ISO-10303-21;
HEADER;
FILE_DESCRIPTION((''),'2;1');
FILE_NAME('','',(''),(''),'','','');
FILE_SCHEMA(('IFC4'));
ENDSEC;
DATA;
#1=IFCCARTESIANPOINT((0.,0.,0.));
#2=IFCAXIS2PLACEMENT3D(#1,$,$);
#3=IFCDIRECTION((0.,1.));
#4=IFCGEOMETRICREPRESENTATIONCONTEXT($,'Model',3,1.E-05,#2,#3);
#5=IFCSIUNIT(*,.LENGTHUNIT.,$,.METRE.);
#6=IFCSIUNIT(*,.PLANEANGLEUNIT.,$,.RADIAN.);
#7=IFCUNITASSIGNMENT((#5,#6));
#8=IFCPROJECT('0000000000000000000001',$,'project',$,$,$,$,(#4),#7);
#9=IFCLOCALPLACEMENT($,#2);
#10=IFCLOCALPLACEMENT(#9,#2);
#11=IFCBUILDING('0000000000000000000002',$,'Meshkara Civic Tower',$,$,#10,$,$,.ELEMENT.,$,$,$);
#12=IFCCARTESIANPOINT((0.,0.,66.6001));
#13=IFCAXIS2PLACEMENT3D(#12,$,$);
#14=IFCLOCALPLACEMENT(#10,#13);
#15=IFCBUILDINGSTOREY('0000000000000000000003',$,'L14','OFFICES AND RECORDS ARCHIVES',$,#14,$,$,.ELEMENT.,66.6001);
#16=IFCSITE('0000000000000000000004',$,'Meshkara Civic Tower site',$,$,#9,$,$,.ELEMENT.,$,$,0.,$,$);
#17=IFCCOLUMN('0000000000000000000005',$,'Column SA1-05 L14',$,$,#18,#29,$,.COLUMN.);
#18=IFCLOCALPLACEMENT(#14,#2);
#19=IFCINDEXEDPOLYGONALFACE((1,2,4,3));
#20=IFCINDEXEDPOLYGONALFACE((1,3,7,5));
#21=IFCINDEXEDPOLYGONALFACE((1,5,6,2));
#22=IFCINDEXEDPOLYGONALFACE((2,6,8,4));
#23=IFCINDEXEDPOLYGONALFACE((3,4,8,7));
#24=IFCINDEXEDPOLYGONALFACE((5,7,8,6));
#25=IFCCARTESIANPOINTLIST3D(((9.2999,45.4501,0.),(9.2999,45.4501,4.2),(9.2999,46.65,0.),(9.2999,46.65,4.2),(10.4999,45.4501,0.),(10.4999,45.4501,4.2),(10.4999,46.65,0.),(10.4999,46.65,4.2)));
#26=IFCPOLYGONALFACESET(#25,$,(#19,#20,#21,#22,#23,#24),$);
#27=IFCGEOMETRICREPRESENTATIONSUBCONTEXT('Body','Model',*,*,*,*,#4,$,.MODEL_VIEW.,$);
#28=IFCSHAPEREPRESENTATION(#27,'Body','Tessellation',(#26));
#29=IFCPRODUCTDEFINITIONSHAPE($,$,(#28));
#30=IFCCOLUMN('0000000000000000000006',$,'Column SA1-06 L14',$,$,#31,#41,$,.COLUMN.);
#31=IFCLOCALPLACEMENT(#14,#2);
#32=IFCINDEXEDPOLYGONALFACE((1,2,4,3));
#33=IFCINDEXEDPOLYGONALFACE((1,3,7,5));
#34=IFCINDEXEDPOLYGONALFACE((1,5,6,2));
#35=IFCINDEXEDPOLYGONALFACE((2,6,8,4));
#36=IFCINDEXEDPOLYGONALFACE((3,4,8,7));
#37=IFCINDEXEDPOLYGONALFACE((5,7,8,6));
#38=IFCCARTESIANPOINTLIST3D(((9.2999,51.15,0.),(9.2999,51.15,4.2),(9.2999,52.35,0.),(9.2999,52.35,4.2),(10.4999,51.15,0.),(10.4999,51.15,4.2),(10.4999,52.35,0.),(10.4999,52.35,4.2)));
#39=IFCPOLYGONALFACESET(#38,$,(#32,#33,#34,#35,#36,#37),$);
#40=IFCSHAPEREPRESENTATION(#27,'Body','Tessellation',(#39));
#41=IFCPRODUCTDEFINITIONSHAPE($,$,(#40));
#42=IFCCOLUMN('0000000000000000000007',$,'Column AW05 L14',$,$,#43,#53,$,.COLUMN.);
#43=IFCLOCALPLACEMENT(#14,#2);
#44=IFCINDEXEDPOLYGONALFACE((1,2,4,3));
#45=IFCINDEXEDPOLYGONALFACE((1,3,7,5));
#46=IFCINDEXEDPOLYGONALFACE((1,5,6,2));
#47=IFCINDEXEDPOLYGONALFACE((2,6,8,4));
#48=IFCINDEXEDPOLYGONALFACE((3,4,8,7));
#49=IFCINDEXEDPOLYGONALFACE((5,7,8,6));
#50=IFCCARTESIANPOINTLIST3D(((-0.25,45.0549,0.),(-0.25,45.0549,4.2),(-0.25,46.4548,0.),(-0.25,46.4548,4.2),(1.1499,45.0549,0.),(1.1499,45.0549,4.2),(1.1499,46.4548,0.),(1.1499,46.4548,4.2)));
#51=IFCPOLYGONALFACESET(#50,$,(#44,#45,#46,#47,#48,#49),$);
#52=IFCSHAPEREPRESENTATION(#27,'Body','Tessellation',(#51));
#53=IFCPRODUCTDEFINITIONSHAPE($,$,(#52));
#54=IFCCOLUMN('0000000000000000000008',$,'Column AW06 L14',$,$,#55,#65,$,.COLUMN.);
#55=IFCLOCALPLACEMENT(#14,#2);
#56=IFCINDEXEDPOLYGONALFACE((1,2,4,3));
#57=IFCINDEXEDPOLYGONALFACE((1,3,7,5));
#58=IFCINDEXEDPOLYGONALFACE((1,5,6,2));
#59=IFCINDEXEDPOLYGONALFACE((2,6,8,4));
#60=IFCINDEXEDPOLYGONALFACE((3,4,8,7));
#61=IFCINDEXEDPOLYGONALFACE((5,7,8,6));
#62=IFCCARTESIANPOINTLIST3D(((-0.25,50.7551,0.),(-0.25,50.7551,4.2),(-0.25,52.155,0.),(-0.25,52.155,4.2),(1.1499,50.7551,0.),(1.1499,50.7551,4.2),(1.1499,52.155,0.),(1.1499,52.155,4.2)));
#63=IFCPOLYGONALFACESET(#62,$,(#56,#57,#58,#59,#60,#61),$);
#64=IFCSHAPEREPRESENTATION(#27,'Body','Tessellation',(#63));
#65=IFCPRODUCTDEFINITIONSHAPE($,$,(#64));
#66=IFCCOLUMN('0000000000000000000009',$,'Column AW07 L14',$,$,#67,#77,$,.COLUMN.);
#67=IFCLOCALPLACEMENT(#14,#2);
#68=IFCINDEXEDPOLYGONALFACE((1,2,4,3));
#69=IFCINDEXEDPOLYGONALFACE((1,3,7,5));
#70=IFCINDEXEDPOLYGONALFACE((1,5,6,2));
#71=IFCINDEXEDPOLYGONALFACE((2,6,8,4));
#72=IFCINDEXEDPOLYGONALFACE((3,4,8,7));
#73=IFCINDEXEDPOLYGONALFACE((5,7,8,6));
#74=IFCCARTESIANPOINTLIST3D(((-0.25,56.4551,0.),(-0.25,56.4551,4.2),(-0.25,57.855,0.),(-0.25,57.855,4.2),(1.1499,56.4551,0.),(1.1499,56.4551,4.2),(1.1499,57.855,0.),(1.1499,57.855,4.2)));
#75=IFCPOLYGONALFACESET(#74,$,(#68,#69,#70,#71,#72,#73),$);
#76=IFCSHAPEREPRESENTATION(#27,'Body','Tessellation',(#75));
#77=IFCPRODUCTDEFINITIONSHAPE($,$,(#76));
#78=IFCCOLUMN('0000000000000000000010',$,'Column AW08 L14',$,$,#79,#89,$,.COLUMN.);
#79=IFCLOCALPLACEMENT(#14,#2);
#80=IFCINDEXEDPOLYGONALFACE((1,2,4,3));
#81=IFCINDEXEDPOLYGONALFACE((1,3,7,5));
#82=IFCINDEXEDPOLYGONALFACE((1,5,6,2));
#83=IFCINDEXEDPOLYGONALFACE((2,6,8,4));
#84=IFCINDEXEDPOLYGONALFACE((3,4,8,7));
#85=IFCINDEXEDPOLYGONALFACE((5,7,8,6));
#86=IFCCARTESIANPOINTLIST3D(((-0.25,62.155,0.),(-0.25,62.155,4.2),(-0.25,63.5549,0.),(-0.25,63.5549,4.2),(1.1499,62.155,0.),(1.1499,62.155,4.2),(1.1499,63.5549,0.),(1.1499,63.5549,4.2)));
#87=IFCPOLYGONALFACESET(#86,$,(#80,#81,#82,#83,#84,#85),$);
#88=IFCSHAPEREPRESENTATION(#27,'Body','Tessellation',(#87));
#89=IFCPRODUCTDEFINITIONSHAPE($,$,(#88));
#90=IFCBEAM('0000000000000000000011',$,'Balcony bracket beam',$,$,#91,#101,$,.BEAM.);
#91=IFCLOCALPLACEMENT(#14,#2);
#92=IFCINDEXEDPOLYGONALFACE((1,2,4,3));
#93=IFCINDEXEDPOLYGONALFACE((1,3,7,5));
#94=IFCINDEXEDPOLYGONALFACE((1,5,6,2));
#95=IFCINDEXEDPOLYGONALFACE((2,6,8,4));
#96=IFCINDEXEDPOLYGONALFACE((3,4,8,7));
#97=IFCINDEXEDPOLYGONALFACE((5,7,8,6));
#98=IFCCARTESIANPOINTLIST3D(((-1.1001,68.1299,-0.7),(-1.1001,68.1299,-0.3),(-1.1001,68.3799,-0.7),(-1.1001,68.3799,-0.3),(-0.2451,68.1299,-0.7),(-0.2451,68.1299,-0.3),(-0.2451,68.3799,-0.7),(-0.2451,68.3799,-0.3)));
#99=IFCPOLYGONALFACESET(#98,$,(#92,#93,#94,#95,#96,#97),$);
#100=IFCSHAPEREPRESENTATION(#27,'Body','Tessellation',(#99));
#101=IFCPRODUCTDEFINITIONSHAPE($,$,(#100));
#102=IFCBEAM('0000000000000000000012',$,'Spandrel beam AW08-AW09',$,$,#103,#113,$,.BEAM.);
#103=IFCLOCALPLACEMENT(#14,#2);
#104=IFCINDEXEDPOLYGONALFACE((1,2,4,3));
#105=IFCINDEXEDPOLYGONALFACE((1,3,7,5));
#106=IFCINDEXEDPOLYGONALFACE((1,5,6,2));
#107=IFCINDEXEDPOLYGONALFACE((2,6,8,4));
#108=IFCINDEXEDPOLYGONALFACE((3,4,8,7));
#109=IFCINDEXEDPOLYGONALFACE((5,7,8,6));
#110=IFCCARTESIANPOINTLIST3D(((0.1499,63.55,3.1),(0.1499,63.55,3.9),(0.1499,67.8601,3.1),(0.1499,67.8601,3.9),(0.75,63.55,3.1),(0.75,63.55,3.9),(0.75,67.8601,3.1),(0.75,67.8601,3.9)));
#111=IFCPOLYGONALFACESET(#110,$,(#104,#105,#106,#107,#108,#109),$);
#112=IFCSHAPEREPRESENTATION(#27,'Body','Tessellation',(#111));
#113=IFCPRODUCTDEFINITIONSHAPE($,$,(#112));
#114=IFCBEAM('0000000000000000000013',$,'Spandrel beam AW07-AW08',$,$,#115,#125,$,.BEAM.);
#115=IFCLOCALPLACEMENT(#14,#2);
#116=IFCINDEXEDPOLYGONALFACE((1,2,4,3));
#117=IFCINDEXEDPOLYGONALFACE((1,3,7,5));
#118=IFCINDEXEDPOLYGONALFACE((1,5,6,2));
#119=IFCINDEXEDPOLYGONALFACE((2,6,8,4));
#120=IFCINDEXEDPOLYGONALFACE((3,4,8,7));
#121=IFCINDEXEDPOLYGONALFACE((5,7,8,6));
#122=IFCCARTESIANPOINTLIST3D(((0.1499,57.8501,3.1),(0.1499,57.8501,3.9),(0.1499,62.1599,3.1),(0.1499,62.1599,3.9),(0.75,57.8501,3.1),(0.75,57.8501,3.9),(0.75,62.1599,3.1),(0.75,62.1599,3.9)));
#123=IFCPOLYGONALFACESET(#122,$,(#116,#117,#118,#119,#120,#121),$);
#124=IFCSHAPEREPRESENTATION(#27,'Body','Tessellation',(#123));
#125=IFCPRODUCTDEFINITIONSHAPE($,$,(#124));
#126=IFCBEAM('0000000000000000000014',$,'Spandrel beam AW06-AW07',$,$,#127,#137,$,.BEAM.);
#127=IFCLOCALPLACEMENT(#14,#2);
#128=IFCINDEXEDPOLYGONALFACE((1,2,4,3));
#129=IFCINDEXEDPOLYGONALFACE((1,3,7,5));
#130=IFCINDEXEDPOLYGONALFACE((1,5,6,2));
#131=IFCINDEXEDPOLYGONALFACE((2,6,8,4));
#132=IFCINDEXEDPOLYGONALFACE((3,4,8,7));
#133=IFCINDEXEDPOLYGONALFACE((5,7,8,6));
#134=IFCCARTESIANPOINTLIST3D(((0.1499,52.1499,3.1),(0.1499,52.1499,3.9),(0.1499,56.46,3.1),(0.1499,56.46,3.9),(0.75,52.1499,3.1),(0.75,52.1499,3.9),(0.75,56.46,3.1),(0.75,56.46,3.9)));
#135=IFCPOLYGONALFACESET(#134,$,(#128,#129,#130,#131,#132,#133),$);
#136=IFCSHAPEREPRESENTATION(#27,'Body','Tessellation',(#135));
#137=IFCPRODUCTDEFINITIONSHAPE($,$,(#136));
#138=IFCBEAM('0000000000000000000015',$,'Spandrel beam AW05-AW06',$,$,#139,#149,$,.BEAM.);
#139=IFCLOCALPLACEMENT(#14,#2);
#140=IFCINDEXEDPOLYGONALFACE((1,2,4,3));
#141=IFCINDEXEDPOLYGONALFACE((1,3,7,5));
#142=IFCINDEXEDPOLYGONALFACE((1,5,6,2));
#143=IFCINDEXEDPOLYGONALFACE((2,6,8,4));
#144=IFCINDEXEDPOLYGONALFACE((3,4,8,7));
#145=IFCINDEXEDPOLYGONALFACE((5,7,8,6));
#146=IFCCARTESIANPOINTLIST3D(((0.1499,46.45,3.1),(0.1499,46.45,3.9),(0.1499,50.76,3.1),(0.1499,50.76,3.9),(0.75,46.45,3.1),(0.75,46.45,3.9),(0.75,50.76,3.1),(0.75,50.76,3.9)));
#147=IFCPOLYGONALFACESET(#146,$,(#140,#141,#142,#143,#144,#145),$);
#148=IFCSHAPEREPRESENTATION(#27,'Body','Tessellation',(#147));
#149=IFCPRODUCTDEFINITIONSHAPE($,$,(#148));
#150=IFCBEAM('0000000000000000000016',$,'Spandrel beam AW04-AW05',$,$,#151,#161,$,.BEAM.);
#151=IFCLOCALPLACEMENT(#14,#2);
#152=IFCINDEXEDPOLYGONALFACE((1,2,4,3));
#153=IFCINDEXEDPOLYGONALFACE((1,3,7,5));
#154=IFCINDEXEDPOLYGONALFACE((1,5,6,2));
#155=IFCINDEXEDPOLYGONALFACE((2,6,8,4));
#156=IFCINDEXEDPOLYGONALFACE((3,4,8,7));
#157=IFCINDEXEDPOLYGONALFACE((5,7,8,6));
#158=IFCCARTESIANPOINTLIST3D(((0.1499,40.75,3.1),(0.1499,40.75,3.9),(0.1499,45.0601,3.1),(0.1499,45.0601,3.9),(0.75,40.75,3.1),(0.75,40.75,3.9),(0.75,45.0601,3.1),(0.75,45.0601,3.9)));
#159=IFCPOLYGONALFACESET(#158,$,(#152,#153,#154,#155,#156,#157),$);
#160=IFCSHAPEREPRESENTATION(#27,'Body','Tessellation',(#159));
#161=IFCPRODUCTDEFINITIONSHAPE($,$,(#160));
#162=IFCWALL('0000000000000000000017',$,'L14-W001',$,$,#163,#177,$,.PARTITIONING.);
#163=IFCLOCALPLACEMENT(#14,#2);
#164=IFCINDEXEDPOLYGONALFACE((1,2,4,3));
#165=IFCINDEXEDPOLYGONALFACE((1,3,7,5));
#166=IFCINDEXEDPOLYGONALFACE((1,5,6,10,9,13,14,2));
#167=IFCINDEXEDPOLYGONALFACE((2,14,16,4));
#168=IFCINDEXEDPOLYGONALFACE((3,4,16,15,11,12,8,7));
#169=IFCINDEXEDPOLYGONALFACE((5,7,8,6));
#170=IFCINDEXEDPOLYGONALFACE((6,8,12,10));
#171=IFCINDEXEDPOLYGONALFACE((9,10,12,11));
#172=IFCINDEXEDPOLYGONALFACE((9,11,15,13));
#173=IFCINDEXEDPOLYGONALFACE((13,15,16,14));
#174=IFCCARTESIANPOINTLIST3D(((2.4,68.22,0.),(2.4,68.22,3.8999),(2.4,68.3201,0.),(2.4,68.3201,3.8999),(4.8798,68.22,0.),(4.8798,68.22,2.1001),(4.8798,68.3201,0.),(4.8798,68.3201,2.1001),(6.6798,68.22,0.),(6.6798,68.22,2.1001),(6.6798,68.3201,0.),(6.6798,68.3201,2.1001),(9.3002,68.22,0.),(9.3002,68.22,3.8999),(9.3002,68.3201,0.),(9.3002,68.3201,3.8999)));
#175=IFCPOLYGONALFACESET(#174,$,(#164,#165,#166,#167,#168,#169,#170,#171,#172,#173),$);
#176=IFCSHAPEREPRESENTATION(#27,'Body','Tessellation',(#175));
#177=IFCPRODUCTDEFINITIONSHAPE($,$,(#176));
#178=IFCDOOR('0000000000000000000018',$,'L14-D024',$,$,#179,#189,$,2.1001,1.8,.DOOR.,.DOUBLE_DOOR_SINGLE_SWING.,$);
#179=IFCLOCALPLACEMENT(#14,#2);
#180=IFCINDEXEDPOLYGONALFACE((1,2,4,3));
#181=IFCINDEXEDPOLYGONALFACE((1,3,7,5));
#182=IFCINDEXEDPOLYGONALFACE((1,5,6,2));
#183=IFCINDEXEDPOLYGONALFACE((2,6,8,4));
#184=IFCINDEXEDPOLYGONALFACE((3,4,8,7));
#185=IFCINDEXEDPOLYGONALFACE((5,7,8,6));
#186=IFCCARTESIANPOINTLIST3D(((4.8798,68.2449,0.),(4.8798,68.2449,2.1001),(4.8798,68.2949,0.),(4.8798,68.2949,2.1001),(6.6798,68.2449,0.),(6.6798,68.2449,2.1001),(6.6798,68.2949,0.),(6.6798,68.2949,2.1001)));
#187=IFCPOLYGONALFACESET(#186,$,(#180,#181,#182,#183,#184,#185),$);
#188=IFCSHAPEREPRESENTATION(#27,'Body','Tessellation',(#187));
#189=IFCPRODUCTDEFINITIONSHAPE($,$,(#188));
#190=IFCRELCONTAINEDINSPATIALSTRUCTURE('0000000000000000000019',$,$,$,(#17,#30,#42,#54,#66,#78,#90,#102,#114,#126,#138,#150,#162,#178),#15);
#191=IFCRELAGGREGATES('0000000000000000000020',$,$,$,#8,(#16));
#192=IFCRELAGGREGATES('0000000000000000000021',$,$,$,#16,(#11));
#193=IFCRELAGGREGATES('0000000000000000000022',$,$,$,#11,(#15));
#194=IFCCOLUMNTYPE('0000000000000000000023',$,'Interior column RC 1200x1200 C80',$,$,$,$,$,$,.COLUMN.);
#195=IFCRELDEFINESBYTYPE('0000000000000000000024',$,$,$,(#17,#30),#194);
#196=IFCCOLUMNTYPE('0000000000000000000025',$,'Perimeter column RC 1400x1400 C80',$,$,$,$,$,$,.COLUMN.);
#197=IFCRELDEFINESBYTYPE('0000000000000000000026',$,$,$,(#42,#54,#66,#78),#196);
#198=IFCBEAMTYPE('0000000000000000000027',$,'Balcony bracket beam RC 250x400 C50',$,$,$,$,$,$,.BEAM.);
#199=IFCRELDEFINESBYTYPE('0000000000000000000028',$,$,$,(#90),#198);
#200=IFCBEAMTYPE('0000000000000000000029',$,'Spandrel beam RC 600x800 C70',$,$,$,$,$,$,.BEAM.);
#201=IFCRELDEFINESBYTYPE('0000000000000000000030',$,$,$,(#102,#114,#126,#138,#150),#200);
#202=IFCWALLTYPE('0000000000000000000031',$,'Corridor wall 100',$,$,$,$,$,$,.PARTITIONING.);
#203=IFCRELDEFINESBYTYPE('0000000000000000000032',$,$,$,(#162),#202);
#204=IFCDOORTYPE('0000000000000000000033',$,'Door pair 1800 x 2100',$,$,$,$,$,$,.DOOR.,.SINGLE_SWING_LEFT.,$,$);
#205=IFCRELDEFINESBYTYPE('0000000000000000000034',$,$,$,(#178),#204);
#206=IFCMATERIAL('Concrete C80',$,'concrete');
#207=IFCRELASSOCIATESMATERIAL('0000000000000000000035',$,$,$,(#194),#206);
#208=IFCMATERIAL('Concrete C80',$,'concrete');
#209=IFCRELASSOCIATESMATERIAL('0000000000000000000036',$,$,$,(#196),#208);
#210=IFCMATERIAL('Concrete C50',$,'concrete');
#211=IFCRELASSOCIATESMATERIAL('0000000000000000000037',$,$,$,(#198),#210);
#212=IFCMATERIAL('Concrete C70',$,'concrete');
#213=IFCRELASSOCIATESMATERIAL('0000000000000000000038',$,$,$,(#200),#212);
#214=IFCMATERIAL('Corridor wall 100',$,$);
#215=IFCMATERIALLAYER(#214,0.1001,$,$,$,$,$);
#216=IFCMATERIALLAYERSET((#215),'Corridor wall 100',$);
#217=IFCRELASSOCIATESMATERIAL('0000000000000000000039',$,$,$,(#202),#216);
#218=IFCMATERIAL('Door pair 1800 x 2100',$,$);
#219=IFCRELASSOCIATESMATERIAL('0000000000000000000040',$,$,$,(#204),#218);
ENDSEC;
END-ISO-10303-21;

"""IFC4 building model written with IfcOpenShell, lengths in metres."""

from ifc_helpers import new_model, si_unit, direction, frame, frame_2d, origin, origin_2d, place, context, subcontext, project, spatial, rectangle, extrude, material, layer, layer_set, material_profile, profile_set, type_object, element, fill, save


model = new_model("IFC4")

# Units and contexts
model_context = context("Model", 3, precision=1e-05, world=origin(), true_north=direction((0.0, 1.0)))
body_context = subcontext(model_context, "Body", "Model", "MODEL_VIEW")
ifc_project = project(units=[si_unit("LENGTHUNIT", "METRE"), si_unit("PLANEANGLEUNIT", "RADIAN")], contexts=[model_context])

# Site, building, storey
site_placement = place(None, origin())
site = spatial("IfcSite", under=ifc_project, at=site_placement, Name="Meshkara Civic Tower site", CompositionType="ELEMENT", RefElevation=0.0)
building_placement = place(site_placement, origin())
building = spatial("IfcBuilding", under=site, at=building_placement, Name="Meshkara Civic Tower", CompositionType="ELEMENT")
storey_placement = place(building_placement, frame((0.0, 0.0, 66.6001)))
storey = spatial("IfcBuildingStorey", under=building, at=storey_placement, Name="L14", Description="OFFICES AND RECORDS ARCHIVES", CompositionType="ELEMENT", Elevation=66.6001)

# Columns
ifc_material_1 = material(Name="Concrete C80", Category="concrete")
ifc_material_profile_1 = material_profile(ifc_material_1, rectangle(XDim=1.2, YDim=1.2, at=origin_2d()))
ifc_profile_set_1 = profile_set([ifc_material_profile_1], Name="Concrete C80")
column_type_1 = type_object("IfcColumnType", Name="Interior column RC 1200x1200 C80", PredefinedType="COLUMN", material=ifc_profile_set_1)
for number, where, z_axis, x_axis, name in (
    (1, (9.8999, 46.05, 0.0), (0.0, 0.0, 1.0), (1.0, 0.0, 0.0), "Column SA1-05 L14"),
    (2, (9.8999, 51.75, 0.0), (0.0, 0.0, 1.0), (1.0, 0.0, 0.0), "Column SA1-06 L14"),
):
    element("IfcColumn", number, at=place(storey_placement, frame(where, z_axis=z_axis, x_axis=x_axis)), inside=storey, type_object=column_type_1, Name=name, PredefinedType="COLUMN", context=body_context, shape_type="SweptSolid", body=[
        extrude(rectangle(XDim=1.2, YDim=1.2, at=origin_2d()), origin(), (0.0, 0.0, 1.0), 4.2),
    ])
ifc_material_2 = material(Name="Concrete C80", Category="concrete")
ifc_material_profile_2 = material_profile(ifc_material_2, rectangle(XDim=1.3999, YDim=1.3999, at=origin_2d()))
ifc_profile_set_2 = profile_set([ifc_material_profile_2], Name="Concrete C80")
column_type_2 = type_object("IfcColumnType", Name="Perimeter column RC 1400x1400 C80", PredefinedType="COLUMN", material=ifc_profile_set_2)
for number, where, z_axis, x_axis, name in (
    (3, (0.45, 45.7549, 0.0), (0.0, 0.0, 1.0), (1.0, 0.0, 0.0), "Column AW05 L14"),
    (4, (0.45, 51.4551, 0.0), (0.0, 0.0, 1.0), (1.0, 0.0, 0.0), "Column AW06 L14"),
    (5, (0.45, 57.155, 0.0), (0.0, 0.0, 1.0), (1.0, 0.0, 0.0), "Column AW07 L14"),
    (6, (0.45, 62.855, 0.0), (0.0, 0.0, 1.0), (1.0, 0.0, 0.0), "Column AW08 L14"),
):
    element("IfcColumn", number, at=place(storey_placement, frame(where, z_axis=z_axis, x_axis=x_axis)), inside=storey, type_object=column_type_2, Name=name, PredefinedType="COLUMN", context=body_context, shape_type="SweptSolid", body=[
        extrude(rectangle(XDim=1.3999, YDim=1.3999, at=origin_2d()), origin(), (0.0, 0.0, 1.0), 4.2),
    ])

# Beams
ifc_material_3 = material(Name="Concrete C50", Category="concrete")
ifc_material_profile_3 = material_profile(ifc_material_3, rectangle(XDim=0.25, YDim=0.3999, at=origin_2d()))
ifc_profile_set_3 = profile_set([ifc_material_profile_3], Name="Concrete C50")
beam_type_1 = type_object("IfcBeamType", Name="Balcony bracket beam RC 250x400 C50", PredefinedType="BEAM", material=ifc_profile_set_3)
beam_1_placement = place(storey_placement, frame((-0.2451, 68.2549, -0.5), z_axis=(-1.0, 0.0, 0.0), x_axis=(0.0, -1.0, 0.0)))
element("IfcBeam", 7, at=beam_1_placement, inside=storey, type_object=beam_type_1, Name="Balcony bracket beam", PredefinedType="BEAM", context=body_context, shape_type="SweptSolid", body=[
    extrude(rectangle(XDim=0.25, YDim=0.3999, at=origin_2d()), origin(), (0.0, 0.0, 1.0), 0.855),
])
ifc_material_4 = material(Name="Concrete C70", Category="concrete")
ifc_material_profile_4 = material_profile(ifc_material_4, rectangle(XDim=0.6001, YDim=0.8, at=origin_2d()))
ifc_profile_set_4 = profile_set([ifc_material_profile_4], Name="Concrete C70")
beam_type_2 = type_object("IfcBeamType", Name="Spandrel beam RC 600x800 C70", PredefinedType="BEAM", material=ifc_profile_set_4)
beam_2_placement = place(storey_placement, frame((0.45, 67.8601, 3.5), z_axis=(0.0, -1.0, 0.0), x_axis=(1.0, 0.0, 0.0)))
element("IfcBeam", 8, at=beam_2_placement, inside=storey, type_object=beam_type_2, Name="Spandrel beam AW08-AW09", PredefinedType="BEAM", context=body_context, shape_type="SweptSolid", body=[
    extrude(rectangle(XDim=0.6001, YDim=0.8, at=origin_2d()), origin(), (0.0, 0.0, 1.0), 4.3101),
])
beam_3_placement = place(storey_placement, frame((0.45, 62.1599, 3.5), z_axis=(0.0, -1.0, 0.0), x_axis=(1.0, 0.0, 0.0)))
element("IfcBeam", 9, at=beam_3_placement, inside=storey, type_object=beam_type_2, Name="Spandrel beam AW07-AW08", PredefinedType="BEAM", context=body_context, shape_type="SweptSolid", body=[
    extrude(rectangle(XDim=0.6001, YDim=0.8, at=origin_2d()), origin(), (0.0, 0.0, 1.0), 4.3098),
])
for number, where, z_axis, x_axis, name in (
    (10, (0.45, 56.46, 3.5), (0.0, -1.0, 0.0), (1.0, 0.0, 0.0), "Spandrel beam AW06-AW07"),
    (11, (0.45, 50.76, 3.5), (0.0, -1.0, 0.0), (1.0, 0.0, 0.0), "Spandrel beam AW05-AW06"),
    (12, (0.45, 45.0601, 3.5), (0.0, -1.0, 0.0), (1.0, 0.0, 0.0), "Spandrel beam AW04-AW05"),
):
    element("IfcBeam", number, at=place(storey_placement, frame(where, z_axis=z_axis, x_axis=x_axis)), inside=storey, type_object=beam_type_2, Name=name, PredefinedType="BEAM", context=body_context, shape_type="SweptSolid", body=[
        extrude(rectangle(XDim=0.6001, YDim=0.8, at=origin_2d()), origin(), (0.0, 0.0, 1.0), 4.3101),
    ])

# Wall, opening, door
ifc_material_5 = material(Name="Corridor wall 100")
ifc_layer_1 = layer(ifc_material_5, 0.1001)
ifc_layer_set_1 = layer_set([ifc_layer_1], Name="Corridor wall 100")
wall_type_1 = type_object("IfcWallType", Name="Corridor wall 100", PredefinedType="PARTITIONING", material=ifc_layer_set_1)
wall_1_placement = place(storey_placement, frame((2.3999, 68.27, 0.0), z_axis=(0.0, 0.0, 1.0), x_axis=(1.0, 0.0, 0.0)))
wall_1 = element("IfcWall", 13, at=wall_1_placement, inside=storey, type_object=wall_type_1, Name="L14-W001", PredefinedType="PARTITIONING", context=body_context, shape_type="SweptSolid", body=[
    extrude(rectangle(XDim=6.9001, YDim=0.1001, at=frame_2d((3.4502, 0.0))), origin(), (0.0, 0.0, 1.0), 3.8999),
])
opening_1_placement = place(wall_1_placement, frame((2.48, 0.0, 0.0)))
opening_1 = element("IfcOpeningElement", 14, at=opening_1_placement, cuts=wall_1, PredefinedType="OPENING", context=body_context, shape_type="SweptSolid", body=[
    extrude(rectangle(XDim=1.8, YDim=2.1001, at=frame_2d((0.8999, 1.05))), frame((0.0, 0.0601, 0.0), z_axis=(0.0, -1.0, 0.0), x_axis=(1.0, 0.0, 0.0)), (0.0, 0.0, 1.0), 0.1201),
])
ifc_material_6 = material(Name="Door pair 1800 x 2100")
door_type_1 = type_object("IfcDoorType", Name="Door pair 1800 x 2100", OperationType="SINGLE_SWING_LEFT", PredefinedType="DOOR", material=ifc_material_6)
door_1_placement = place(opening_1_placement, origin())
door_1 = element("IfcDoor", 15, at=door_1_placement, inside=storey, type_object=door_type_1, Name="L14-D024", OperationType="DOUBLE_DOOR_SINGLE_SWING", OverallHeight=2.1001, OverallWidth=1.8, PredefinedType="DOOR", context=body_context, shape_type="SweptSolid", body=[
    extrude(rectangle(XDim=1.8, YDim=2.1001, at=frame_2d((0.8999, 1.05))), frame((0.0, 0.0249, 0.0), z_axis=(0.0, -1.0, 0.0), x_axis=(1.0, 0.0, 0.0)), (0.0, 0.0, 1.0), 0.05),
])
fill(opening_1, door_1)

save(model, "model.ifc")
